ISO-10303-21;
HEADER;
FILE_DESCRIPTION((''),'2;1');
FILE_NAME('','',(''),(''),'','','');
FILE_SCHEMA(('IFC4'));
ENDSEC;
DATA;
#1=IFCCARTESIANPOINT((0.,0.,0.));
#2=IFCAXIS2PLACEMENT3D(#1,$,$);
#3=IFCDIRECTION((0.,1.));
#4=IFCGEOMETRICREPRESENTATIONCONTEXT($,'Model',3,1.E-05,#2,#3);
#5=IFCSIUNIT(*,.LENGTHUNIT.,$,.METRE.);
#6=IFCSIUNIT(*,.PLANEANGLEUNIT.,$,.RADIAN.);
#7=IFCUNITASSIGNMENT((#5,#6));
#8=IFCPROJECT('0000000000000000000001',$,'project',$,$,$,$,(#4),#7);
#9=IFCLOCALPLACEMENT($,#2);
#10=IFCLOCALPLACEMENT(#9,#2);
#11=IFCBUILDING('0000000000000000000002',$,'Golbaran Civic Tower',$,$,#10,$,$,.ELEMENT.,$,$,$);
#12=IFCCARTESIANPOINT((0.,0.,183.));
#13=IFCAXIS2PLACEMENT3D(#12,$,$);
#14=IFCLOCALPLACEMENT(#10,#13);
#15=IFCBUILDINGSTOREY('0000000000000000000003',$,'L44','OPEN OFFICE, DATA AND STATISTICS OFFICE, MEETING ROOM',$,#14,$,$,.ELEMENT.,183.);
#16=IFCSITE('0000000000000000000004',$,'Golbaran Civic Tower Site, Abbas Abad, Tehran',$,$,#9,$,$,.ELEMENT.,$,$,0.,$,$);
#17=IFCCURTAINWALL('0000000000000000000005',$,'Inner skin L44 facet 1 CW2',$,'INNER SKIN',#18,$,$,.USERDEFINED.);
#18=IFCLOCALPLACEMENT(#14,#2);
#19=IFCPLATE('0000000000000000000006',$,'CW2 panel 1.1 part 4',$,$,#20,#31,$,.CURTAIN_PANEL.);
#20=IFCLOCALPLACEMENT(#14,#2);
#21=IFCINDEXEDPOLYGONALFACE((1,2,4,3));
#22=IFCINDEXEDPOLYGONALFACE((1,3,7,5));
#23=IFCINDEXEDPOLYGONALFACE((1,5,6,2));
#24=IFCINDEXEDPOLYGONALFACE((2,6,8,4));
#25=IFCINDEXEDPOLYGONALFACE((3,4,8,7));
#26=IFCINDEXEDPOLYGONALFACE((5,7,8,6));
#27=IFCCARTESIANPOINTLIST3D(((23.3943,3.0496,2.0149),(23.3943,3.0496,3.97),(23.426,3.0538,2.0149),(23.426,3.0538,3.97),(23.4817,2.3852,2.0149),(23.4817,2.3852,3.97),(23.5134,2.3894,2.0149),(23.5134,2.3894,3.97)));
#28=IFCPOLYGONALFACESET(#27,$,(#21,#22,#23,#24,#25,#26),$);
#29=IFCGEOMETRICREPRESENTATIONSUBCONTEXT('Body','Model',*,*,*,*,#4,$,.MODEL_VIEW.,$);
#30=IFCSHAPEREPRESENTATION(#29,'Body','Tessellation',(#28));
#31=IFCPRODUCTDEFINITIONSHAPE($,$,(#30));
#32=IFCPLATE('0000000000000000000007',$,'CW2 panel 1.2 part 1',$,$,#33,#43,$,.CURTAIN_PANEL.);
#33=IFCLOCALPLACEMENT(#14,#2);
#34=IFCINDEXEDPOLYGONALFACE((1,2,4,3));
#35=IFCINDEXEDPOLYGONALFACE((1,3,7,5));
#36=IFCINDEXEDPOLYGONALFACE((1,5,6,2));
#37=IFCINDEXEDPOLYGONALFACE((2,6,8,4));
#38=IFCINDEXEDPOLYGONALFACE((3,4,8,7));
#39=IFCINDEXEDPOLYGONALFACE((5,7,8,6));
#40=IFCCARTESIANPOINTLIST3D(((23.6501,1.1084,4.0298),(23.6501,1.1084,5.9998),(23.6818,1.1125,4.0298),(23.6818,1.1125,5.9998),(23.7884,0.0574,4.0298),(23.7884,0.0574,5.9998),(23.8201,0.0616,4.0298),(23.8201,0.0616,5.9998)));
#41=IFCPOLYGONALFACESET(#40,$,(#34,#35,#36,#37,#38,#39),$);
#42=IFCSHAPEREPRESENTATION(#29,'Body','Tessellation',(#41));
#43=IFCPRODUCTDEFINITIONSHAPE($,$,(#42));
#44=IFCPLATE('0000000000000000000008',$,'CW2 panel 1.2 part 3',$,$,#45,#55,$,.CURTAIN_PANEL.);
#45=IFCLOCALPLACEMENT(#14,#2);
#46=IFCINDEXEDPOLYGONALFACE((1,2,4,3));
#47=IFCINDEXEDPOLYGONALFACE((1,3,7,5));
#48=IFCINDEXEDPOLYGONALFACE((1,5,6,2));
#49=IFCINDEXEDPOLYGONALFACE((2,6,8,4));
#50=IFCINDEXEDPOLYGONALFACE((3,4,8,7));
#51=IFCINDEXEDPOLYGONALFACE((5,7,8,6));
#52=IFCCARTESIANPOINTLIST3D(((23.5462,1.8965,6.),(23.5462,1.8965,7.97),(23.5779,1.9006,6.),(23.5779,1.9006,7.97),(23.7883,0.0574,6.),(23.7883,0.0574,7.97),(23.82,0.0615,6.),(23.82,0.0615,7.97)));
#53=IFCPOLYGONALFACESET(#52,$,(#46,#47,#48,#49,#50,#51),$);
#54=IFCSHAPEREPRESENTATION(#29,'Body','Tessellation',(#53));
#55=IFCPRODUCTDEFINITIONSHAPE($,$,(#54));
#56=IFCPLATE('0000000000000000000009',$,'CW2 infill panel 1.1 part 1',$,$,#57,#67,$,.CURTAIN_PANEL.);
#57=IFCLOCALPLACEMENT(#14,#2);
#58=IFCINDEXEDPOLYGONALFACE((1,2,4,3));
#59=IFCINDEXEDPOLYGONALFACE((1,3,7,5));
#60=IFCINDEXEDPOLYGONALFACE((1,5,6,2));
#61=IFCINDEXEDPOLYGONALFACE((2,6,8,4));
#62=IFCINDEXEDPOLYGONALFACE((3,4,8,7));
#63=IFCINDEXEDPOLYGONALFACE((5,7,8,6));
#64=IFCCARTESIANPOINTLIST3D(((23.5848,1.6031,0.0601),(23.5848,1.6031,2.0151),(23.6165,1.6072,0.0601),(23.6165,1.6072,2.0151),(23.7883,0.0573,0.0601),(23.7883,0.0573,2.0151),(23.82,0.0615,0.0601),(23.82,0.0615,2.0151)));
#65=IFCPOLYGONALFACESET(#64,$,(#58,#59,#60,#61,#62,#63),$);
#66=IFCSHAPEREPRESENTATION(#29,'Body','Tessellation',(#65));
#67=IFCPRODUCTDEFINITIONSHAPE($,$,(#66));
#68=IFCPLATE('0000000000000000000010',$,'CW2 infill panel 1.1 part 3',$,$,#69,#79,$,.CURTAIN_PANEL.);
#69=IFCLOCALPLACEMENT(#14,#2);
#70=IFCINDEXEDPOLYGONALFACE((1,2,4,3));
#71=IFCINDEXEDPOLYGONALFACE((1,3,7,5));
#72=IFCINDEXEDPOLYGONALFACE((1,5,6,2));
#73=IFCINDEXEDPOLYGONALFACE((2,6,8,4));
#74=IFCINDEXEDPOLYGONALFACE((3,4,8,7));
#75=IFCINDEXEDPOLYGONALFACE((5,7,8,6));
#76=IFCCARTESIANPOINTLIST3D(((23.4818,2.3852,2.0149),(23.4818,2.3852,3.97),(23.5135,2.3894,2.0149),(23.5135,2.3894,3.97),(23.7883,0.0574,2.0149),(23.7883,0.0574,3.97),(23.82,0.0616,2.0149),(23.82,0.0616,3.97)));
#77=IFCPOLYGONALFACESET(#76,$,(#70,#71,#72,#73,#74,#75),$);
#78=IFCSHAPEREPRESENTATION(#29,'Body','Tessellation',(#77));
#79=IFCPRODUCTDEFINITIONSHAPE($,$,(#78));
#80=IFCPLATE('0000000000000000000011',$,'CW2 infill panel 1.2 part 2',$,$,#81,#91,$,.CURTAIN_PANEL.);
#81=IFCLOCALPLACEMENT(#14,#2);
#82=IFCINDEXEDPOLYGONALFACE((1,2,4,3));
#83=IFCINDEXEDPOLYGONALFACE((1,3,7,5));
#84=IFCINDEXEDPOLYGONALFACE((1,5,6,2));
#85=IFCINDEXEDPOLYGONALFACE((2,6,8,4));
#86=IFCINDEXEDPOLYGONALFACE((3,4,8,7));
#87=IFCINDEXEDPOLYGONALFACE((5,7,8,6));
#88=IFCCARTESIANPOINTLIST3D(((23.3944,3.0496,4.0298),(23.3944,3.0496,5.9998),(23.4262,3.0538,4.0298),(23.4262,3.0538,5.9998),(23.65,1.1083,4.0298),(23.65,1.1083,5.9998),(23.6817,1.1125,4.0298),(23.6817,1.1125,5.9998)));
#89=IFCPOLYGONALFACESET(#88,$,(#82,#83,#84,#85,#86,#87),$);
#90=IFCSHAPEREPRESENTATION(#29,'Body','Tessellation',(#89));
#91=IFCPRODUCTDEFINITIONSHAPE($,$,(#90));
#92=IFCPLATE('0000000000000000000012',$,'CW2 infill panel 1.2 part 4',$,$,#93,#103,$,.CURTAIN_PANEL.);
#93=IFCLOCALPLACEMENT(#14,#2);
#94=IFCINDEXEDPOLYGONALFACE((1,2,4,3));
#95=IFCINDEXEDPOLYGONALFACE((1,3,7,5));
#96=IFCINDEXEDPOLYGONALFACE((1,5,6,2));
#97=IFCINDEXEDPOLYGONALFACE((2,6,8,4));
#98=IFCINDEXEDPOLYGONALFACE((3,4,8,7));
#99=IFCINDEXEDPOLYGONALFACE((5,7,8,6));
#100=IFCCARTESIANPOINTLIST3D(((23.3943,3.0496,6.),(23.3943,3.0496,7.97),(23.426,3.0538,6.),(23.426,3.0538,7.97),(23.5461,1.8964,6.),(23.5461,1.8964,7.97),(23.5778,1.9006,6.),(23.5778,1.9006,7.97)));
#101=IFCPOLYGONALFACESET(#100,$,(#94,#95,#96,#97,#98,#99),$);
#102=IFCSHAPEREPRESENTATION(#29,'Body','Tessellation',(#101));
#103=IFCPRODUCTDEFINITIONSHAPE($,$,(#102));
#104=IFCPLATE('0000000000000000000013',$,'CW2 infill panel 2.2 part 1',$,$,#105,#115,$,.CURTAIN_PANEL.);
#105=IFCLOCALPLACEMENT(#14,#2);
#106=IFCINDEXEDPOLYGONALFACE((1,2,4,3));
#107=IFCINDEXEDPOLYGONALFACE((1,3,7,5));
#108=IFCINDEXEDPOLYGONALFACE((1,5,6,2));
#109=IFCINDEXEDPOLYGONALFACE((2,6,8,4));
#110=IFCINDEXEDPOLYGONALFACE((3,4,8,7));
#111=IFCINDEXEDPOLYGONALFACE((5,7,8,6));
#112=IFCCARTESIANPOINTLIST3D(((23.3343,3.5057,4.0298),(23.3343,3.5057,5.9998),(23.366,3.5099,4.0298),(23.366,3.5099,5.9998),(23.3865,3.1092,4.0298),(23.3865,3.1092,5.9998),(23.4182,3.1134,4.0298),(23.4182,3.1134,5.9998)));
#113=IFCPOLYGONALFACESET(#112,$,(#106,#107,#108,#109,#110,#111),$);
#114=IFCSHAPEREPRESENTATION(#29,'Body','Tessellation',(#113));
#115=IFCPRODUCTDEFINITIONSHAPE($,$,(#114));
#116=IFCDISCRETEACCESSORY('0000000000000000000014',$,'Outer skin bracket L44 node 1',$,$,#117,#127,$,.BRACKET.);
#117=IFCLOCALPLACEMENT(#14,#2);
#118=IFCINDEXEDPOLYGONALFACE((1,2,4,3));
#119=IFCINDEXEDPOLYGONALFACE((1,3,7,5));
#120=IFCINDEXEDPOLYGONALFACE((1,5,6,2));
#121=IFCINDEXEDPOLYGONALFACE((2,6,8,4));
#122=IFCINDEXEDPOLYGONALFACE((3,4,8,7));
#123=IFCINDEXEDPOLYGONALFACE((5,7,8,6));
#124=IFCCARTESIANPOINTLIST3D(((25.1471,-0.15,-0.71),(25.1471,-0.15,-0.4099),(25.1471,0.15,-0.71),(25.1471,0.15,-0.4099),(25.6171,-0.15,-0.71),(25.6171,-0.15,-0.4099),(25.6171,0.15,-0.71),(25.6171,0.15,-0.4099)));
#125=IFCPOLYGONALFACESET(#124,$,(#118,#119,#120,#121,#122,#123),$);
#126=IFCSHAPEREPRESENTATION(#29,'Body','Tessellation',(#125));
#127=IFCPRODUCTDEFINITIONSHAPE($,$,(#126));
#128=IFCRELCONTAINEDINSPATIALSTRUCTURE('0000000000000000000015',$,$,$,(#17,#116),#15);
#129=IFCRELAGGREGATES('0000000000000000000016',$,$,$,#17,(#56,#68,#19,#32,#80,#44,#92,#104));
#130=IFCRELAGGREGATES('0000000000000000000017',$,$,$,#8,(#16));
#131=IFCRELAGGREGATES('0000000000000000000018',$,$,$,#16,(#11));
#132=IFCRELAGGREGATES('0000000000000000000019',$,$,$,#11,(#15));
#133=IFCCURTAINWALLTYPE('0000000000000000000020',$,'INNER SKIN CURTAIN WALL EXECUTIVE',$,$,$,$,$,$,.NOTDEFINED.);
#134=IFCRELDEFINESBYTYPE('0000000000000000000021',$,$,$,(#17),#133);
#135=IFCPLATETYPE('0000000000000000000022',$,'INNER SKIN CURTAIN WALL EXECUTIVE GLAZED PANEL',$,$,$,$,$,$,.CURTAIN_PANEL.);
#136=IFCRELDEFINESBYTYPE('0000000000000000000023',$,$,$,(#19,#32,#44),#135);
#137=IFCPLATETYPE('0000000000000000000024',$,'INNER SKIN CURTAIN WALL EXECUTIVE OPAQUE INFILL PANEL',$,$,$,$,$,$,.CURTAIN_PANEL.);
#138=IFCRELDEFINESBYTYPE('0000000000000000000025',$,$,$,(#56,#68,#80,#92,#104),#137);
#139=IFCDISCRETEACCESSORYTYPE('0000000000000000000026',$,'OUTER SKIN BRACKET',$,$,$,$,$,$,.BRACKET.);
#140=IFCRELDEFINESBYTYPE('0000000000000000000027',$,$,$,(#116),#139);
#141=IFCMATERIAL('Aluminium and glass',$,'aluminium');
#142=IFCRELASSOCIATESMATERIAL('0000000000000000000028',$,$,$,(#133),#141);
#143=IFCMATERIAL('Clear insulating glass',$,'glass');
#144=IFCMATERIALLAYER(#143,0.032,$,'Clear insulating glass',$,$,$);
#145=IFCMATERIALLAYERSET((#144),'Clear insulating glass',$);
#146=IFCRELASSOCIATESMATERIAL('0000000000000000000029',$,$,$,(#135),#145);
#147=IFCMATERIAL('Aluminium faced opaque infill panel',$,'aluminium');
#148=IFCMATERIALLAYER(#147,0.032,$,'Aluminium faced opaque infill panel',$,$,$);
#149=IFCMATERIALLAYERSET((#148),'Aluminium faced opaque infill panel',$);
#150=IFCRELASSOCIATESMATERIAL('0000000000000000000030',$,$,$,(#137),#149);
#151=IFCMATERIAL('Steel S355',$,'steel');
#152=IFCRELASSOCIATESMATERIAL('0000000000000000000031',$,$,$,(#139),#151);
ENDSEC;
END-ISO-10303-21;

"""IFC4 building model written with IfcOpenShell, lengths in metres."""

from ifc_helpers import new_model, si_unit, direction, frame, origin, origin_2d, place, context, subcontext, project, spatial, rectangle, extrude, material, layer, layer_set, type_object, element, aggregate, save


model = new_model("IFC4")

# Units and contexts
model_context = context("Model", 3, precision=1e-05, world=origin(), true_north=direction((0.0, 1.0)))
body_context = subcontext(model_context, "Body", "Model", "MODEL_VIEW")
ifc_project = project(units=[si_unit("LENGTHUNIT", "METRE"), si_unit("PLANEANGLEUNIT", "RADIAN")], contexts=[model_context])

# Site, building, storey
site_placement = place(None, origin())
site = spatial("IfcSite", under=ifc_project, at=site_placement, Name="Golbaran Civic Tower Site, Abbas Abad, Tehran", CompositionType="ELEMENT", RefElevation=0.0)
building_placement = place(site_placement, origin())
building = spatial("IfcBuilding", under=site, at=building_placement, Name="Golbaran Civic Tower", CompositionType="ELEMENT")
storey_placement = place(building_placement, frame((0.0, 0.0, 183.0)))
storey = spatial("IfcBuildingStorey", under=building, at=storey_placement, Name="L44", Description="OPEN OFFICE, DATA AND STATISTICS OFFICE, MEETING ROOM", CompositionType="ELEMENT", Elevation=183.0)

# Shared definitions
ifc_material_1 = material(Name="Steel S355", Category="steel")

# Curtain wall
ifc_material_2 = material(Name="Aluminium and glass", Category="aluminium")
curtain_wall_type_1 = type_object("IfcCurtainWallType", Name="INNER SKIN CURTAIN WALL EXECUTIVE", PredefinedType="NOTDEFINED", material=ifc_material_2)
curtain_wall_1_placement = place(storey_placement, origin())
curtain_wall_1 = element("IfcCurtainWall", 1, at=curtain_wall_1_placement, inside=storey, type_object=curtain_wall_type_1, Name="Inner skin L44 facet 1 CW2", ObjectType="INNER SKIN", PredefinedType="USERDEFINED")

# Plates
ifc_material_3 = material(Name="Clear insulating glass", Category="glass")
ifc_layer_1 = layer(ifc_material_3, 0.032, Name="Clear insulating glass")
ifc_layer_set_1 = layer_set([ifc_layer_1], Name="Clear insulating glass")
plate_type_1 = type_object("IfcPlateType", Name="INNER SKIN CURTAIN WALL EXECUTIVE GLAZED PANEL", PredefinedType="CURTAIN_PANEL", material=ifc_layer_set_1)
plate_1_placement = place(storey_placement, frame((23.4539, 2.7195, 2.0149), z_axis=(0.0, 0.0, 1.0), x_axis=(-0.130526, 0.991445, 0.0)))
plate_1 = element("IfcPlate", 2, at=plate_1_placement, type_object=plate_type_1, Name="CW2 panel 1.1 part 4", PredefinedType="CURTAIN_PANEL", context=body_context, shape_type="SweptSolid", body=[
    extrude(rectangle(XDim=0.6702, YDim=0.032, at=origin_2d()), origin(), (0.0, 0.0, 1.0), 1.9551),
])
plate_2_placement = place(storey_placement, frame((23.7351, 0.585, 4.0298), z_axis=(0.0, 0.0, 1.0), x_axis=(-0.130526, 0.991445, 0.0)))
plate_2 = element("IfcPlate", 3, at=plate_2_placement, type_object=plate_type_1, Name="CW2 panel 1.2 part 1", PredefinedType="CURTAIN_PANEL", context=body_context, shape_type="SweptSolid", body=[
    extrude(rectangle(XDim=1.0601, YDim=0.032, at=origin_2d()), origin(), (0.0, 0.0, 1.0), 1.97),
])
plate_3_placement = place(storey_placement, frame((23.6831, 0.979, 6.0), z_axis=(0.0, 0.0, 1.0), x_axis=(-0.130526, 0.991445, 0.0)))
plate_3 = element("IfcPlate", 4, at=plate_3_placement, type_object=plate_type_1, Name="CW2 panel 1.2 part 3", PredefinedType="CURTAIN_PANEL", context=body_context, shape_type="SweptSolid", body=[
    extrude(rectangle(XDim=1.855, YDim=0.032, at=origin_2d()), origin(), (0.0, 0.0, 1.0), 1.97),
])
ifc_material_4 = material(Name="Aluminium faced opaque infill panel", Category="aluminium")
ifc_layer_2 = layer(ifc_material_4, 0.032, Name="Aluminium faced opaque infill panel")
ifc_layer_set_2 = layer_set([ifc_layer_2], Name="Aluminium faced opaque infill panel")
plate_type_2 = type_object("IfcPlateType", Name="INNER SKIN CURTAIN WALL EXECUTIVE OPAQUE INFILL PANEL", PredefinedType="CURTAIN_PANEL", material=ifc_layer_set_2)
plate_4_placement = place(storey_placement, frame((23.7024, 0.8323, 0.0601), z_axis=(0.0, 0.0, 1.0), x_axis=(-0.130526, 0.991445, 0.0)))
plate_4 = element("IfcPlate", 5, at=plate_4_placement, type_object=plate_type_2, Name="CW2 infill panel 1.1 part 1", PredefinedType="CURTAIN_PANEL", context=body_context, shape_type="SweptSolid", body=[
    extrude(rectangle(XDim=1.5591, YDim=0.032, at=origin_2d()), origin(), (0.0, 0.0, 1.0), 1.9551),
])
plate_5_placement = place(storey_placement, frame((23.6509, 1.2234, 2.0149), z_axis=(0.0, 0.0, 1.0), x_axis=(-0.130526, 0.991445, 0.0)))
plate_5 = element("IfcPlate", 6, at=plate_5_placement, type_object=plate_type_2, Name="CW2 infill panel 1.1 part 3", PredefinedType="CURTAIN_PANEL", context=body_context, shape_type="SweptSolid", body=[
    extrude(rectangle(XDim=2.3479, YDim=0.032, at=origin_2d()), origin(), (0.0, 0.0, 1.0), 1.9551),
])
plate_6_placement = place(storey_placement, frame((23.5381, 2.0811, 4.0298), z_axis=(0.0, 0.0, 1.0), x_axis=(-0.130526, 0.991445, 0.0)))
plate_6 = element("IfcPlate", 7, at=plate_6_placement, type_object=plate_type_2, Name="CW2 infill panel 1.2 part 2", PredefinedType="CURTAIN_PANEL", context=body_context, shape_type="SweptSolid", body=[
    extrude(rectangle(XDim=1.958, YDim=0.032, at=origin_2d()), origin(), (0.0, 0.0, 1.0), 1.97),
])
plate_7_placement = place(storey_placement, frame((23.4861, 2.4751, 6.0), z_axis=(0.0, 0.0, 1.0), x_axis=(-0.130526, 0.991445, 0.0)))
plate_7 = element("IfcPlate", 8, at=plate_7_placement, type_object=plate_type_2, Name="CW2 infill panel 1.2 part 4", PredefinedType="CURTAIN_PANEL", context=body_context, shape_type="SweptSolid", body=[
    extrude(rectangle(XDim=1.1631, YDim=0.032, at=origin_2d()), origin(), (0.0, 0.0, 1.0), 1.97),
])
plate_8_placement = place(storey_placement, frame((23.3762, 3.3096, 4.0298), z_axis=(0.0, 0.0, 1.0), x_axis=(-0.130526, 0.991445, 0.0)))
plate_8 = element("IfcPlate", 9, at=plate_8_placement, type_object=plate_type_2, Name="CW2 infill panel 2.2 part 1", PredefinedType="CURTAIN_PANEL", context=body_context, shape_type="SweptSolid", body=[
    extrude(rectangle(XDim=0.3999, YDim=0.032, at=origin_2d()), origin(), (0.0, 0.0, 1.0), 1.97),
])
aggregate(curtain_wall_1, [plate_4, plate_5, plate_1, plate_2, plate_6, plate_3, plate_7, plate_8])

# Discrete accessory
discrete_accessory_type = type_object("IfcDiscreteAccessoryType", Name="OUTER SKIN BRACKET", PredefinedType="BRACKET", material=ifc_material_1)
discrete_accessory_placement = place(storey_placement, frame((25.3821, 0.0, -0.71), z_axis=(0.0, 0.0, 1.0), x_axis=(1.0, 0.0, 0.0)))
element("IfcDiscreteAccessory", 10, at=discrete_accessory_placement, inside=storey, type_object=discrete_accessory_type, Name="Outer skin bracket L44 node 1", PredefinedType="BRACKET", context=body_context, shape_type="SweptSolid", body=[
    extrude(rectangle(XDim=0.47, YDim=0.3, at=origin_2d()), origin(), (0.0, 0.0, 1.0), 0.3),
])

save(model, "model.ifc")
